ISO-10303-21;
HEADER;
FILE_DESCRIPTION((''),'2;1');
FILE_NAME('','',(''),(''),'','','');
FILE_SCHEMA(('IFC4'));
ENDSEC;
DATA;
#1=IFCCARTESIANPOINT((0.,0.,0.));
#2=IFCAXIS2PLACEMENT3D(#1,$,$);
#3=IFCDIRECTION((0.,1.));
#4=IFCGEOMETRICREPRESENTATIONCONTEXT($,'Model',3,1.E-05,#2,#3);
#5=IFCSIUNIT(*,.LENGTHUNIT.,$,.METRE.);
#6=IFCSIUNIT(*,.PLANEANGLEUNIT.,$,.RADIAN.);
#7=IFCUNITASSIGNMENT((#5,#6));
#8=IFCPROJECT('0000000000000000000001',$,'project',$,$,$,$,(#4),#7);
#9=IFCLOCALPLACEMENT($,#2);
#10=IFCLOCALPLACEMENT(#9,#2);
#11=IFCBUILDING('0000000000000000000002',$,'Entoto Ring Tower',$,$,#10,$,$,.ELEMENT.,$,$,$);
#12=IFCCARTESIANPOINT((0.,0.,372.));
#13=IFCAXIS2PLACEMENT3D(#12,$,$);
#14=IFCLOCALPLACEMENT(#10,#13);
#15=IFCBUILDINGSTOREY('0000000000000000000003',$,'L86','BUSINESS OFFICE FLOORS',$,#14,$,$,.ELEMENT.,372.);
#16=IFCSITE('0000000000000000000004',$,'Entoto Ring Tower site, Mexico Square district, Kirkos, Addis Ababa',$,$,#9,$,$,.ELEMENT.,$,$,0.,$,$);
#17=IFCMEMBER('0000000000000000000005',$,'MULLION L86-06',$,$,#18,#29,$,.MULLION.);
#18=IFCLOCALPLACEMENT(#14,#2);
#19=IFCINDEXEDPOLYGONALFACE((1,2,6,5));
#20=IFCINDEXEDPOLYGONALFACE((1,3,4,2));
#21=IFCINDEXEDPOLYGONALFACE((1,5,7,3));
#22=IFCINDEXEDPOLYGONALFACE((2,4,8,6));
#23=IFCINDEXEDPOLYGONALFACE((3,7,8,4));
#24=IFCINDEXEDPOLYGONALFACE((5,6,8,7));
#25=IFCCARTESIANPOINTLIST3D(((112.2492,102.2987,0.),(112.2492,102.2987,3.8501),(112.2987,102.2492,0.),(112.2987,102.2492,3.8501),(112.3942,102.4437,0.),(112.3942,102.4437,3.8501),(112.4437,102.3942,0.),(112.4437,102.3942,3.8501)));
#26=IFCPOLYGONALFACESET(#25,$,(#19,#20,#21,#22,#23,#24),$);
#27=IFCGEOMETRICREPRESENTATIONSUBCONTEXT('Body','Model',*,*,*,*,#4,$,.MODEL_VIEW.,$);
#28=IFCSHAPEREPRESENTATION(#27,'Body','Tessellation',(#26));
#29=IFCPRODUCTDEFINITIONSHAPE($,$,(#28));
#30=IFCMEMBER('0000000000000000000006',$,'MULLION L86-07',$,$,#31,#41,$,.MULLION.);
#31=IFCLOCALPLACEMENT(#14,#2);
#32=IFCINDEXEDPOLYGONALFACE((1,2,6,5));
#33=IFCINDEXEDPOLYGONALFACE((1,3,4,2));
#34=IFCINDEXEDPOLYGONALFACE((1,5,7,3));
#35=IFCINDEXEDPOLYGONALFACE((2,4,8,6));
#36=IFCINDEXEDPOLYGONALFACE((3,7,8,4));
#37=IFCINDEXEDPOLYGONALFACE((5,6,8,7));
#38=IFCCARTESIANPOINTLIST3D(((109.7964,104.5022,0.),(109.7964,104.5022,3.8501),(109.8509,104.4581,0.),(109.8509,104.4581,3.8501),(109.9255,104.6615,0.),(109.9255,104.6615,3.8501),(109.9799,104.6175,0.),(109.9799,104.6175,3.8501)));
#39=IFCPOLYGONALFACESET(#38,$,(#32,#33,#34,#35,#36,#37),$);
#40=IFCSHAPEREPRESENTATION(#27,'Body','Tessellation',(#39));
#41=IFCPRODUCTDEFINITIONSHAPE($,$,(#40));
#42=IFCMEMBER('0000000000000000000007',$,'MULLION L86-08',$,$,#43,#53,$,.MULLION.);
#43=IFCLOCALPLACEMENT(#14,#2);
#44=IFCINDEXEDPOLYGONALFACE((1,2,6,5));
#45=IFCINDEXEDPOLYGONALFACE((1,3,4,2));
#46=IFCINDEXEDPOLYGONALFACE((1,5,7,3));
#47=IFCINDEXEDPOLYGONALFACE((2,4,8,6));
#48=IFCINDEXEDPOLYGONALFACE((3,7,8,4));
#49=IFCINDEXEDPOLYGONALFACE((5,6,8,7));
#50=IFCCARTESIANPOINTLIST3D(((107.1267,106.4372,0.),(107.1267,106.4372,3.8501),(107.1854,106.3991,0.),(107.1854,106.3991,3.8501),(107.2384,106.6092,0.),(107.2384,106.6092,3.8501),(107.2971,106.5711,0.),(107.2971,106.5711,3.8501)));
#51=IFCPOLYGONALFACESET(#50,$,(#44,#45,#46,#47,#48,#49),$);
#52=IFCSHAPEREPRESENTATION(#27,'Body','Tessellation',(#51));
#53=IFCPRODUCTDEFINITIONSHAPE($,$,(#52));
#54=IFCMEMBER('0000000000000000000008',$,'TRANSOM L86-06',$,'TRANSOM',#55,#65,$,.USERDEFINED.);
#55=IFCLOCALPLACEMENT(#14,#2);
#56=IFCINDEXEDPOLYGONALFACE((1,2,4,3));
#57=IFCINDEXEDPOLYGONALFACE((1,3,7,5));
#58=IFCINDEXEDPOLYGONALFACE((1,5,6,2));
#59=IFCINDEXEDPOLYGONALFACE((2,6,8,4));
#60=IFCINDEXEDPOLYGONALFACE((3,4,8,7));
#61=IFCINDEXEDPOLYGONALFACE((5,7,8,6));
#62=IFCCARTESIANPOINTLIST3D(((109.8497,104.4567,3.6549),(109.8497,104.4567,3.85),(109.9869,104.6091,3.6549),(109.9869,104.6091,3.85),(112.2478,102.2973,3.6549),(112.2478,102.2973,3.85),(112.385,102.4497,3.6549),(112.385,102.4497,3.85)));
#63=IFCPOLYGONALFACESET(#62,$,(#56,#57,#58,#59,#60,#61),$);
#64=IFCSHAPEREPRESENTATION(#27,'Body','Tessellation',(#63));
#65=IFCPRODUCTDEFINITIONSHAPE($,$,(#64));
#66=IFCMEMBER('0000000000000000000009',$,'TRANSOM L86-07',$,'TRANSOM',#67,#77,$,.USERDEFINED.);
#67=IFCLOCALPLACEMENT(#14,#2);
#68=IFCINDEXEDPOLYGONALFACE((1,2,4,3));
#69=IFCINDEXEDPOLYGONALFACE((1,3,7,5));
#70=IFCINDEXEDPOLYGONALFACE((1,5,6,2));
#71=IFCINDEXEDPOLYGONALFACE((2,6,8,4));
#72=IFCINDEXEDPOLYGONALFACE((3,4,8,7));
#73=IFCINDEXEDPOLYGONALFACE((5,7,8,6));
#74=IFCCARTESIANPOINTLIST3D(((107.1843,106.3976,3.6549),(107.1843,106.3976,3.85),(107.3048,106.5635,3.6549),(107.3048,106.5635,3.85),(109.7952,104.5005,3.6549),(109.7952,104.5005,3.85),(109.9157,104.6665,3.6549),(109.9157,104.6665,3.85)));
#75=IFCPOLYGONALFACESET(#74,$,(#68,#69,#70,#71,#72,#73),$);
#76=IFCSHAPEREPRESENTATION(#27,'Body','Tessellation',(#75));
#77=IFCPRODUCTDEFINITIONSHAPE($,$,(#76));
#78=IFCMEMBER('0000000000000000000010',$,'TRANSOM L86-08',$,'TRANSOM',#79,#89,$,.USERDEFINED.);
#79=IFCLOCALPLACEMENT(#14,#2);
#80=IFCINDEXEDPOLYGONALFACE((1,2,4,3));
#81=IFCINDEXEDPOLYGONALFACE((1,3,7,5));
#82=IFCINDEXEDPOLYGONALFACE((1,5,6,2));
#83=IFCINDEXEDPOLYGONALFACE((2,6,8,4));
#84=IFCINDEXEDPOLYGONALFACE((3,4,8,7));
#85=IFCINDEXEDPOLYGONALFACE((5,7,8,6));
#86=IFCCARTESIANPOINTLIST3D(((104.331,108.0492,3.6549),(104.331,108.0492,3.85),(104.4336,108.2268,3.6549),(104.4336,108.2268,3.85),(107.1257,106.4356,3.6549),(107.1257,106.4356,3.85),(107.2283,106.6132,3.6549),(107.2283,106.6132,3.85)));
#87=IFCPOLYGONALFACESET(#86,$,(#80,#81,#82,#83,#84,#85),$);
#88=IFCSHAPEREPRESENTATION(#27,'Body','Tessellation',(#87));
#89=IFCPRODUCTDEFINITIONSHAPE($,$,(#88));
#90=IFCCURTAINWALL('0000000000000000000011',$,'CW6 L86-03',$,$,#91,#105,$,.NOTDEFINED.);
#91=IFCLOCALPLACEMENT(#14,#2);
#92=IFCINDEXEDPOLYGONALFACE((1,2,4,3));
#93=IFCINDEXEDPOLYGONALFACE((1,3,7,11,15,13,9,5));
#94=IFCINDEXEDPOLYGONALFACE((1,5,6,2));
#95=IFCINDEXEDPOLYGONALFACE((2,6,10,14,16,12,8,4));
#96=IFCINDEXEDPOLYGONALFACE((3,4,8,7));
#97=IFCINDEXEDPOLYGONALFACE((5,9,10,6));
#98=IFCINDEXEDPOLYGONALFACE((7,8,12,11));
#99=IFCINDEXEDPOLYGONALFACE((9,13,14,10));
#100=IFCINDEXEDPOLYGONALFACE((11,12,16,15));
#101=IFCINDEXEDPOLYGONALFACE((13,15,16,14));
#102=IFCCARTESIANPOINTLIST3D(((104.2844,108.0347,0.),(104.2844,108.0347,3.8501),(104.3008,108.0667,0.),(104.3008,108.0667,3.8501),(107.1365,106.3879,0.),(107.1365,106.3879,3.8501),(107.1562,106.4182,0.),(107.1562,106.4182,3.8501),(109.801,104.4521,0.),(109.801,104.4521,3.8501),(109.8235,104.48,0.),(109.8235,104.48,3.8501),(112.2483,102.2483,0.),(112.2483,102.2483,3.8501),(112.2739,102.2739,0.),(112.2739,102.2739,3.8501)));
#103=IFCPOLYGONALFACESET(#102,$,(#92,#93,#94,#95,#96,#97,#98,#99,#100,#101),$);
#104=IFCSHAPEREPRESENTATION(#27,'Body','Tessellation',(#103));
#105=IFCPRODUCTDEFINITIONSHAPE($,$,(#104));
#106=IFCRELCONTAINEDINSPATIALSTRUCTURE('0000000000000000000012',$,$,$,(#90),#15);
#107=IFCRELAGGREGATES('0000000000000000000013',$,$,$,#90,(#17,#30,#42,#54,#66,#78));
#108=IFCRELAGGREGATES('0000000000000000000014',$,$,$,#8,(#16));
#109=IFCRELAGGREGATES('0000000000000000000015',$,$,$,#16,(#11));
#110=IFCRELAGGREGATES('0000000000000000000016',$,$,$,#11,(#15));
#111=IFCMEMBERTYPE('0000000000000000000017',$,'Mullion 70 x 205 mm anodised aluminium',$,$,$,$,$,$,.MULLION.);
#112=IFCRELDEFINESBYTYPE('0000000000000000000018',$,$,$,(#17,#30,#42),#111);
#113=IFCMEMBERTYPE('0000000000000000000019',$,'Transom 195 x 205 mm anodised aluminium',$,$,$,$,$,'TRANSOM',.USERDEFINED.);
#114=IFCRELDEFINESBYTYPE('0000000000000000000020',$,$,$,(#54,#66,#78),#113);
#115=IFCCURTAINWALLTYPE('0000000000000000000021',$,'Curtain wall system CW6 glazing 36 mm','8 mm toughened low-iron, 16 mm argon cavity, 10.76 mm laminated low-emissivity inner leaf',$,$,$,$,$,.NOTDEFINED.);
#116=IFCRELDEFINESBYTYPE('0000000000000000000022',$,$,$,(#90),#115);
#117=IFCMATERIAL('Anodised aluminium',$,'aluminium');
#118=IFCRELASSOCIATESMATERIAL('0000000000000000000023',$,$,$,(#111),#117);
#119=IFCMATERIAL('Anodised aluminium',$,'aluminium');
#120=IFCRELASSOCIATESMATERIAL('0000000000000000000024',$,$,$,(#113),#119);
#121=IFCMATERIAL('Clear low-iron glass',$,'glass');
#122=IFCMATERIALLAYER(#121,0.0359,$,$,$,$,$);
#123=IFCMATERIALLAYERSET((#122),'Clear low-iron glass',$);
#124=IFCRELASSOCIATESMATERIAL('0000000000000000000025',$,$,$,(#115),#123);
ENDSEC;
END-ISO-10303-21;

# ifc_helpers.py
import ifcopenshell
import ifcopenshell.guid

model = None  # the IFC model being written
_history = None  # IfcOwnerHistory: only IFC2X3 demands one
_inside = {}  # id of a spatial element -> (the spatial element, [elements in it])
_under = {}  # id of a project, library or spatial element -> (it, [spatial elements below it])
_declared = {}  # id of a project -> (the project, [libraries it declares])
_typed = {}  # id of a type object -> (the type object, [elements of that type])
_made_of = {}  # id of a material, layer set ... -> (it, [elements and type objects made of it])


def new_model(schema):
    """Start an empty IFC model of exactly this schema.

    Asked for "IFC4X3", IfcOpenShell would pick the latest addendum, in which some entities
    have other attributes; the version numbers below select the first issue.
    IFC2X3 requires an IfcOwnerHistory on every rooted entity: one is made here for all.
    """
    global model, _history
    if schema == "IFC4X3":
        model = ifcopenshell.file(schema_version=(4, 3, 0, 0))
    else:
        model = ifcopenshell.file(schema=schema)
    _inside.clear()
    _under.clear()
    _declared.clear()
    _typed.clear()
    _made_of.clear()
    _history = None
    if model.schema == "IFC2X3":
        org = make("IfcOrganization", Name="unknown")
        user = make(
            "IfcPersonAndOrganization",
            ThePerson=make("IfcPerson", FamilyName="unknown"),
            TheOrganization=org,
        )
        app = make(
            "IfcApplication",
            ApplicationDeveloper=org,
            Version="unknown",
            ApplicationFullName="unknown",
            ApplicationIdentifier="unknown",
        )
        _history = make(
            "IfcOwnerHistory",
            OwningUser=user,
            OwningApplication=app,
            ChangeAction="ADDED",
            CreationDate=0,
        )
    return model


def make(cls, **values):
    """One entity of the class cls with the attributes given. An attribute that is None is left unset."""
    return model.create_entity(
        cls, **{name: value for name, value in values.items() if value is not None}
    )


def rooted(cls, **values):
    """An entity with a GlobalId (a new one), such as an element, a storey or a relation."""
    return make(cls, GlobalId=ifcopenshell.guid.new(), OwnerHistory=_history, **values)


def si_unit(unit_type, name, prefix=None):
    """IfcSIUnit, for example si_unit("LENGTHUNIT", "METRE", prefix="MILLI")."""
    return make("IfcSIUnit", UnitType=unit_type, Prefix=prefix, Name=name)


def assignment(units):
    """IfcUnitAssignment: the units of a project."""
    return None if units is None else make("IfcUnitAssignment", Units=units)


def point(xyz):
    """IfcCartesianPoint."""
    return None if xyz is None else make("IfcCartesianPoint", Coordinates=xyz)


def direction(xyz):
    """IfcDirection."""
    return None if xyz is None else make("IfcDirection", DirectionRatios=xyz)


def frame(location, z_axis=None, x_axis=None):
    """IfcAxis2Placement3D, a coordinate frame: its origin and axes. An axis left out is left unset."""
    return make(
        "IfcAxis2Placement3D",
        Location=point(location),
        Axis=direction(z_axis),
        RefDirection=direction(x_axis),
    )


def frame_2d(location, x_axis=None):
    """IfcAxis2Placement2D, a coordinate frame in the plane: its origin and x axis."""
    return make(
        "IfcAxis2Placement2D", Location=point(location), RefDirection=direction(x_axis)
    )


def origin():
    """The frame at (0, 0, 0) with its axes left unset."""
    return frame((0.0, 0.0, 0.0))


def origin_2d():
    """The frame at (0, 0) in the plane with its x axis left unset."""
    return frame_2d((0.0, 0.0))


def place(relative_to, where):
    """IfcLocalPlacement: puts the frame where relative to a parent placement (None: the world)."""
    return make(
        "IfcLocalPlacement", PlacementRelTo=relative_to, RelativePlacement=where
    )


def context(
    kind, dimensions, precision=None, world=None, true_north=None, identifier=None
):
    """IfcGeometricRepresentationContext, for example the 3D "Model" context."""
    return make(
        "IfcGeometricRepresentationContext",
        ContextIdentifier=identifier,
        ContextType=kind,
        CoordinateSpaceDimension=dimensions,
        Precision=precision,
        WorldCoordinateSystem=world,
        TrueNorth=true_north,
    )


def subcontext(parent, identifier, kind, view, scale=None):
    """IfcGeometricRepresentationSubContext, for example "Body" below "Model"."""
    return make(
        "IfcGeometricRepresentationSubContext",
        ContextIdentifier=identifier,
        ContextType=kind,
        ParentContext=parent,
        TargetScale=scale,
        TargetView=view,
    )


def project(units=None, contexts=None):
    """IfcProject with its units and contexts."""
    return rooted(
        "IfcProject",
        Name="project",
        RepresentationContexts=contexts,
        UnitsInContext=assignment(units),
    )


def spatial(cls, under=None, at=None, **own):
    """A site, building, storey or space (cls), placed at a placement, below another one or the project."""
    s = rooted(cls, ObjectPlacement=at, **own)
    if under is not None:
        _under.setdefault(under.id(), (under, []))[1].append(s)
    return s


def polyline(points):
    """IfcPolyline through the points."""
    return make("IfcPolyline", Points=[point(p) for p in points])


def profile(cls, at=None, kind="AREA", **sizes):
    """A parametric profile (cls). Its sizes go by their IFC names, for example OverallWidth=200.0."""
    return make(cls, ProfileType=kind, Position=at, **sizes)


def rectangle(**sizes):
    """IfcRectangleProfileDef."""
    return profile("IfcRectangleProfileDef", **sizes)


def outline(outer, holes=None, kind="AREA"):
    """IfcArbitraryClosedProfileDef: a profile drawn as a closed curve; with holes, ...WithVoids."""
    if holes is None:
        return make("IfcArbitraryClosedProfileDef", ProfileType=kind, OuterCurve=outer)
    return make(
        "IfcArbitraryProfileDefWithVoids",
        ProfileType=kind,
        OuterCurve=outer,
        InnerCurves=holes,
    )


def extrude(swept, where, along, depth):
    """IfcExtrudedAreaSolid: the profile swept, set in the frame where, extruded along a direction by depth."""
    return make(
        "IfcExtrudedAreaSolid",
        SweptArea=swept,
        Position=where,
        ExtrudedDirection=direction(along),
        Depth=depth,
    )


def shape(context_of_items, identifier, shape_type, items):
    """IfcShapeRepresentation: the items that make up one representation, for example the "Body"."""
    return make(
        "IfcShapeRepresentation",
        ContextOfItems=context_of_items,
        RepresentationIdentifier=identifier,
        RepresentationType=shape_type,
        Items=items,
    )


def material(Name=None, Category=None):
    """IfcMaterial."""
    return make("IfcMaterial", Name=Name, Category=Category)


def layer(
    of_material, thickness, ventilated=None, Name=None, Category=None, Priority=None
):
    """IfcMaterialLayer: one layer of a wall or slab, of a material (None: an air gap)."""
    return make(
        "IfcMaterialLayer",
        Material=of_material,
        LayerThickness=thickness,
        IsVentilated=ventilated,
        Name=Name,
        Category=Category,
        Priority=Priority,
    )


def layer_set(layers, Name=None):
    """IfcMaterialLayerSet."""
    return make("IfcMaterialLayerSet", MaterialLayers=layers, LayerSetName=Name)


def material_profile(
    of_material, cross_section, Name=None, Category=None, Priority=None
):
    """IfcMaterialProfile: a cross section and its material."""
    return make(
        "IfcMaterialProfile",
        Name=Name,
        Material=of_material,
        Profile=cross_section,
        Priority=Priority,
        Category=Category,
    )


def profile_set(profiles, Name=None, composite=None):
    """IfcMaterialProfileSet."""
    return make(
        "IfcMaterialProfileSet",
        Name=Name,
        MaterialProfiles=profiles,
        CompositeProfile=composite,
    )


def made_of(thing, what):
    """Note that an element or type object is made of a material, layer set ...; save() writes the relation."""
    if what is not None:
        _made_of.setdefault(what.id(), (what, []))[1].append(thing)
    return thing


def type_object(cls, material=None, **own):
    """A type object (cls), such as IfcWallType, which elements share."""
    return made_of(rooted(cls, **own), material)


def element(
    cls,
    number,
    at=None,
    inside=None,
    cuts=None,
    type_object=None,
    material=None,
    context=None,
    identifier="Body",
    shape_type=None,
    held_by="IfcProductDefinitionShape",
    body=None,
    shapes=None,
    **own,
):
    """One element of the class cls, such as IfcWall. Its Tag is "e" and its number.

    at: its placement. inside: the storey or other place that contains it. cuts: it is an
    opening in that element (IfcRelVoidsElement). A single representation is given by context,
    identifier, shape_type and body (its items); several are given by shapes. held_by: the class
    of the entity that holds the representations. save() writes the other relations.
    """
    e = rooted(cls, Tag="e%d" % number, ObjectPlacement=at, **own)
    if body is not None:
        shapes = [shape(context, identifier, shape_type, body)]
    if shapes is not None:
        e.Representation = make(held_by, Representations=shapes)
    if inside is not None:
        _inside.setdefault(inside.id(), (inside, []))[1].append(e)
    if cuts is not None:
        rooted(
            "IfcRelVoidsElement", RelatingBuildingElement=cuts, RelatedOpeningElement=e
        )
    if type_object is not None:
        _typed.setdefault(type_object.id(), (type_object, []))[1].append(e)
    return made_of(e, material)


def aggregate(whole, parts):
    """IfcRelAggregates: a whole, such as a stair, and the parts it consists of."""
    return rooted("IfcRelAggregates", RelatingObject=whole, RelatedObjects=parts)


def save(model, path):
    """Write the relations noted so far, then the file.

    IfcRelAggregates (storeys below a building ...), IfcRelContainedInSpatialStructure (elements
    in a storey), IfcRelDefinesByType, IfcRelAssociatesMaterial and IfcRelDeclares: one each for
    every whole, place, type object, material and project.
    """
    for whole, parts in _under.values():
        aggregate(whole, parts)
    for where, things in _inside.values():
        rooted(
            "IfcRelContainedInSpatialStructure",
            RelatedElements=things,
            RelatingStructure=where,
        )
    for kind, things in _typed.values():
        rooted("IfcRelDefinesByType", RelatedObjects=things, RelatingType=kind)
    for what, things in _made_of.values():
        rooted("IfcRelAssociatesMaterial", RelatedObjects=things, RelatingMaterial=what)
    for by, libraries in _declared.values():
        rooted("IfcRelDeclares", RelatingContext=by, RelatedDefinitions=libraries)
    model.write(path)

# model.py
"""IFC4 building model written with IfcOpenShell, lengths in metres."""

from ifc_helpers import new_model, si_unit, direction, frame, origin, origin_2d, place, context, subcontext, project, spatial, polyline, rectangle, outline, extrude, material, layer, layer_set, material_profile, profile_set, type_object, element, aggregate, save


model = new_model("IFC4")

# Units and contexts
model_context = context("Model", 3, precision=1e-05, world=origin(), true_north=direction((0.0, 1.0)))
body_context = subcontext(model_context, "Body", "Model", "MODEL_VIEW")
ifc_project = project(units=[si_unit("LENGTHUNIT", "METRE"), si_unit("PLANEANGLEUNIT", "RADIAN")], contexts=[model_context])

# Members
ifc_material_1 = material(Name="Anodised aluminium", Category="aluminium")
ifc_material_profile_1 = material_profile(ifc_material_1, rectangle(XDim=0.0701, YDim=0.2051, at=origin_2d()), Name="Mullion 70 x 205 mm anodised aluminium")
ifc_profile_set_1 = profile_set([ifc_material_profile_1], Name="Anodised aluminium")
member_type_1 = type_object("IfcMemberType", Name="Mullion 70 x 205 mm anodised aluminium", PredefinedType="MULLION", material=ifc_profile_set_1)
site_placement = place(None, origin())
building_placement = place(site_placement, origin())
storey_placement = place(building_placement, frame((0.0, 0.0, 372.0)))
member_1_placement = place(storey_placement, frame((112.3464, 102.3464, 0.0), z_axis=(0.0, 0.0, 1.0), x_axis=(-0.707107, 0.707107, 0.0)))
member_1 = element("IfcMember", 1, at=member_1_placement, type_object=member_type_1, Name="MULLION L86-06", PredefinedType="MULLION", context=body_context, shape_type="SweptSolid", body=[
    extrude(rectangle(XDim=0.0701, YDim=0.2051, at=origin_2d()), origin(), (0.0, 0.0, 1.0), 3.8501),
])
member_2_placement = place(storey_placement, frame((109.8882, 104.5598, 0.0), z_axis=(0.0, 0.0, 1.0), x_axis=(-0.777146, 0.62932, 0.0)))
member_2 = element("IfcMember", 2, at=member_2_placement, type_object=member_type_1, Name="MULLION L86-07", PredefinedType="MULLION", context=body_context, shape_type="SweptSolid", body=[
    extrude(rectangle(XDim=0.0701, YDim=0.2051, at=origin_2d()), origin(), (0.0, 0.0, 1.0), 3.8501),
])
member_3_placement = place(storey_placement, frame((107.2119, 106.5042, 0.0), z_axis=(0.0, 0.0, 1.0), x_axis=(-0.838671, 0.544639, 0.0)))
member_3 = element("IfcMember", 3, at=member_3_placement, type_object=member_type_1, Name="MULLION L86-08", PredefinedType="MULLION", context=body_context, shape_type="SweptSolid", body=[
    extrude(rectangle(XDim=0.0701, YDim=0.2051, at=origin_2d()), origin(), (0.0, 0.0, 1.0), 3.8501),
])
ifc_material_2 = material(Name="Anodised aluminium", Category="aluminium")
ifc_material_profile_2 = material_profile(ifc_material_2, rectangle(XDim=0.2051, YDim=0.1951, at=origin_2d()), Name="Transom 195 x 205 mm anodised aluminium")
ifc_profile_set_2 = profile_set([ifc_material_profile_2], Name="Anodised aluminium")
member_type_2 = type_object("IfcMemberType", Name="Transom 195 x 205 mm anodised aluminium", ElementType="TRANSOM", PredefinedType="USERDEFINED", material=ifc_profile_set_2)
member_4_placement = place(storey_placement, frame((112.3164, 102.3735, 3.7524), z_axis=(-0.743132, 0.669144, 0.0), x_axis=(-0.669144, -0.743132, 0.0)))
member_4 = element("IfcMember", 4, at=member_4_placement, type_object=member_type_2, Name="TRANSOM L86-06", ObjectType="TRANSOM", PredefinedType="USERDEFINED", context=body_context, shape_type="SweptSolid", body=[
    extrude(rectangle(XDim=0.2051, YDim=0.1951, at=origin_2d()), origin(), (0.0, 0.0, 1.0), 3.2271),
])
member_5_placement = place(storey_placement, frame((109.8555, 104.5835, 3.7524), z_axis=(-0.809004, 0.587803, 0.0), x_axis=(-0.587803, -0.809004, 0.0)))
member_5 = element("IfcMember", 5, at=member_5_placement, type_object=member_type_2, Name="TRANSOM L86-07", ObjectType="TRANSOM", PredefinedType="USERDEFINED", context=body_context, shape_type="SweptSolid", body=[
    extrude(rectangle(XDim=0.2051, YDim=0.1951, at=origin_2d()), origin(), (0.0, 0.0, 1.0), 3.2273),
])
member_6_placement = place(storey_placement, frame((107.177, 106.5244, 3.7524), z_axis=(-0.866023, 0.500004, 0.0), x_axis=(-0.500004, -0.866023, 0.0)))
member_6 = element("IfcMember", 6, at=member_6_placement, type_object=member_type_2, Name="TRANSOM L86-08", ObjectType="TRANSOM", PredefinedType="USERDEFINED", context=body_context, shape_type="SweptSolid", body=[
    extrude(rectangle(XDim=0.2051, YDim=0.1951, at=origin_2d()), origin(), (0.0, 0.0, 1.0), 3.2271),
])

# Site, building, storey
site = spatial("IfcSite", under=ifc_project, at=site_placement, Name="Entoto Ring Tower site, Mexico Square district, Kirkos, Addis Ababa", CompositionType="ELEMENT", RefElevation=0.0)
building = spatial("IfcBuilding", under=site, at=building_placement, Name="Entoto Ring Tower", CompositionType="ELEMENT")
storey = spatial("IfcBuildingStorey", under=building, at=storey_placement, Name="L86", Description="BUSINESS OFFICE FLOORS", CompositionType="ELEMENT", Elevation=372.0)

# Curtain wall
ifc_material_3 = material(Name="Clear low-iron glass", Category="glass")
ifc_layer = layer(ifc_material_3, 0.0359)
ifc_layer_set = layer_set([ifc_layer], Name="Clear low-iron glass")
curtain_wall_type = type_object("IfcCurtainWallType", Name="Curtain wall system CW6 glazing 36 mm", Description="8 mm toughened low-iron, 16 mm argon cavity, 10.76 mm laminated low-emissivity inner leaf", PredefinedType="NOTDEFINED", material=ifc_layer_set)
curtain_wall_1_placement = place(storey_placement, origin())
curtain_wall_1 = element("IfcCurtainWall", 7, at=curtain_wall_1_placement, inside=storey, type_object=curtain_wall_type, Name="CW6 L86-03", PredefinedType="NOTDEFINED", context=body_context, shape_type="SweptSolid", body=[
    extrude(outline(polyline([(112.2739, 102.2739), (109.8235, 104.48), (107.1562, 106.4182), (104.3008, 108.0667), (104.2844, 108.0347), (107.1365, 106.3879), (109.801, 104.4521), (112.2483, 102.2483), (112.2739, 102.2739)])), origin(), (0.0, 0.0, 1.0), 3.8501),
])
aggregate(curtain_wall_1, [member_1, member_2, member_3, member_4, member_5, member_6])

save(model, "model.ifc")
